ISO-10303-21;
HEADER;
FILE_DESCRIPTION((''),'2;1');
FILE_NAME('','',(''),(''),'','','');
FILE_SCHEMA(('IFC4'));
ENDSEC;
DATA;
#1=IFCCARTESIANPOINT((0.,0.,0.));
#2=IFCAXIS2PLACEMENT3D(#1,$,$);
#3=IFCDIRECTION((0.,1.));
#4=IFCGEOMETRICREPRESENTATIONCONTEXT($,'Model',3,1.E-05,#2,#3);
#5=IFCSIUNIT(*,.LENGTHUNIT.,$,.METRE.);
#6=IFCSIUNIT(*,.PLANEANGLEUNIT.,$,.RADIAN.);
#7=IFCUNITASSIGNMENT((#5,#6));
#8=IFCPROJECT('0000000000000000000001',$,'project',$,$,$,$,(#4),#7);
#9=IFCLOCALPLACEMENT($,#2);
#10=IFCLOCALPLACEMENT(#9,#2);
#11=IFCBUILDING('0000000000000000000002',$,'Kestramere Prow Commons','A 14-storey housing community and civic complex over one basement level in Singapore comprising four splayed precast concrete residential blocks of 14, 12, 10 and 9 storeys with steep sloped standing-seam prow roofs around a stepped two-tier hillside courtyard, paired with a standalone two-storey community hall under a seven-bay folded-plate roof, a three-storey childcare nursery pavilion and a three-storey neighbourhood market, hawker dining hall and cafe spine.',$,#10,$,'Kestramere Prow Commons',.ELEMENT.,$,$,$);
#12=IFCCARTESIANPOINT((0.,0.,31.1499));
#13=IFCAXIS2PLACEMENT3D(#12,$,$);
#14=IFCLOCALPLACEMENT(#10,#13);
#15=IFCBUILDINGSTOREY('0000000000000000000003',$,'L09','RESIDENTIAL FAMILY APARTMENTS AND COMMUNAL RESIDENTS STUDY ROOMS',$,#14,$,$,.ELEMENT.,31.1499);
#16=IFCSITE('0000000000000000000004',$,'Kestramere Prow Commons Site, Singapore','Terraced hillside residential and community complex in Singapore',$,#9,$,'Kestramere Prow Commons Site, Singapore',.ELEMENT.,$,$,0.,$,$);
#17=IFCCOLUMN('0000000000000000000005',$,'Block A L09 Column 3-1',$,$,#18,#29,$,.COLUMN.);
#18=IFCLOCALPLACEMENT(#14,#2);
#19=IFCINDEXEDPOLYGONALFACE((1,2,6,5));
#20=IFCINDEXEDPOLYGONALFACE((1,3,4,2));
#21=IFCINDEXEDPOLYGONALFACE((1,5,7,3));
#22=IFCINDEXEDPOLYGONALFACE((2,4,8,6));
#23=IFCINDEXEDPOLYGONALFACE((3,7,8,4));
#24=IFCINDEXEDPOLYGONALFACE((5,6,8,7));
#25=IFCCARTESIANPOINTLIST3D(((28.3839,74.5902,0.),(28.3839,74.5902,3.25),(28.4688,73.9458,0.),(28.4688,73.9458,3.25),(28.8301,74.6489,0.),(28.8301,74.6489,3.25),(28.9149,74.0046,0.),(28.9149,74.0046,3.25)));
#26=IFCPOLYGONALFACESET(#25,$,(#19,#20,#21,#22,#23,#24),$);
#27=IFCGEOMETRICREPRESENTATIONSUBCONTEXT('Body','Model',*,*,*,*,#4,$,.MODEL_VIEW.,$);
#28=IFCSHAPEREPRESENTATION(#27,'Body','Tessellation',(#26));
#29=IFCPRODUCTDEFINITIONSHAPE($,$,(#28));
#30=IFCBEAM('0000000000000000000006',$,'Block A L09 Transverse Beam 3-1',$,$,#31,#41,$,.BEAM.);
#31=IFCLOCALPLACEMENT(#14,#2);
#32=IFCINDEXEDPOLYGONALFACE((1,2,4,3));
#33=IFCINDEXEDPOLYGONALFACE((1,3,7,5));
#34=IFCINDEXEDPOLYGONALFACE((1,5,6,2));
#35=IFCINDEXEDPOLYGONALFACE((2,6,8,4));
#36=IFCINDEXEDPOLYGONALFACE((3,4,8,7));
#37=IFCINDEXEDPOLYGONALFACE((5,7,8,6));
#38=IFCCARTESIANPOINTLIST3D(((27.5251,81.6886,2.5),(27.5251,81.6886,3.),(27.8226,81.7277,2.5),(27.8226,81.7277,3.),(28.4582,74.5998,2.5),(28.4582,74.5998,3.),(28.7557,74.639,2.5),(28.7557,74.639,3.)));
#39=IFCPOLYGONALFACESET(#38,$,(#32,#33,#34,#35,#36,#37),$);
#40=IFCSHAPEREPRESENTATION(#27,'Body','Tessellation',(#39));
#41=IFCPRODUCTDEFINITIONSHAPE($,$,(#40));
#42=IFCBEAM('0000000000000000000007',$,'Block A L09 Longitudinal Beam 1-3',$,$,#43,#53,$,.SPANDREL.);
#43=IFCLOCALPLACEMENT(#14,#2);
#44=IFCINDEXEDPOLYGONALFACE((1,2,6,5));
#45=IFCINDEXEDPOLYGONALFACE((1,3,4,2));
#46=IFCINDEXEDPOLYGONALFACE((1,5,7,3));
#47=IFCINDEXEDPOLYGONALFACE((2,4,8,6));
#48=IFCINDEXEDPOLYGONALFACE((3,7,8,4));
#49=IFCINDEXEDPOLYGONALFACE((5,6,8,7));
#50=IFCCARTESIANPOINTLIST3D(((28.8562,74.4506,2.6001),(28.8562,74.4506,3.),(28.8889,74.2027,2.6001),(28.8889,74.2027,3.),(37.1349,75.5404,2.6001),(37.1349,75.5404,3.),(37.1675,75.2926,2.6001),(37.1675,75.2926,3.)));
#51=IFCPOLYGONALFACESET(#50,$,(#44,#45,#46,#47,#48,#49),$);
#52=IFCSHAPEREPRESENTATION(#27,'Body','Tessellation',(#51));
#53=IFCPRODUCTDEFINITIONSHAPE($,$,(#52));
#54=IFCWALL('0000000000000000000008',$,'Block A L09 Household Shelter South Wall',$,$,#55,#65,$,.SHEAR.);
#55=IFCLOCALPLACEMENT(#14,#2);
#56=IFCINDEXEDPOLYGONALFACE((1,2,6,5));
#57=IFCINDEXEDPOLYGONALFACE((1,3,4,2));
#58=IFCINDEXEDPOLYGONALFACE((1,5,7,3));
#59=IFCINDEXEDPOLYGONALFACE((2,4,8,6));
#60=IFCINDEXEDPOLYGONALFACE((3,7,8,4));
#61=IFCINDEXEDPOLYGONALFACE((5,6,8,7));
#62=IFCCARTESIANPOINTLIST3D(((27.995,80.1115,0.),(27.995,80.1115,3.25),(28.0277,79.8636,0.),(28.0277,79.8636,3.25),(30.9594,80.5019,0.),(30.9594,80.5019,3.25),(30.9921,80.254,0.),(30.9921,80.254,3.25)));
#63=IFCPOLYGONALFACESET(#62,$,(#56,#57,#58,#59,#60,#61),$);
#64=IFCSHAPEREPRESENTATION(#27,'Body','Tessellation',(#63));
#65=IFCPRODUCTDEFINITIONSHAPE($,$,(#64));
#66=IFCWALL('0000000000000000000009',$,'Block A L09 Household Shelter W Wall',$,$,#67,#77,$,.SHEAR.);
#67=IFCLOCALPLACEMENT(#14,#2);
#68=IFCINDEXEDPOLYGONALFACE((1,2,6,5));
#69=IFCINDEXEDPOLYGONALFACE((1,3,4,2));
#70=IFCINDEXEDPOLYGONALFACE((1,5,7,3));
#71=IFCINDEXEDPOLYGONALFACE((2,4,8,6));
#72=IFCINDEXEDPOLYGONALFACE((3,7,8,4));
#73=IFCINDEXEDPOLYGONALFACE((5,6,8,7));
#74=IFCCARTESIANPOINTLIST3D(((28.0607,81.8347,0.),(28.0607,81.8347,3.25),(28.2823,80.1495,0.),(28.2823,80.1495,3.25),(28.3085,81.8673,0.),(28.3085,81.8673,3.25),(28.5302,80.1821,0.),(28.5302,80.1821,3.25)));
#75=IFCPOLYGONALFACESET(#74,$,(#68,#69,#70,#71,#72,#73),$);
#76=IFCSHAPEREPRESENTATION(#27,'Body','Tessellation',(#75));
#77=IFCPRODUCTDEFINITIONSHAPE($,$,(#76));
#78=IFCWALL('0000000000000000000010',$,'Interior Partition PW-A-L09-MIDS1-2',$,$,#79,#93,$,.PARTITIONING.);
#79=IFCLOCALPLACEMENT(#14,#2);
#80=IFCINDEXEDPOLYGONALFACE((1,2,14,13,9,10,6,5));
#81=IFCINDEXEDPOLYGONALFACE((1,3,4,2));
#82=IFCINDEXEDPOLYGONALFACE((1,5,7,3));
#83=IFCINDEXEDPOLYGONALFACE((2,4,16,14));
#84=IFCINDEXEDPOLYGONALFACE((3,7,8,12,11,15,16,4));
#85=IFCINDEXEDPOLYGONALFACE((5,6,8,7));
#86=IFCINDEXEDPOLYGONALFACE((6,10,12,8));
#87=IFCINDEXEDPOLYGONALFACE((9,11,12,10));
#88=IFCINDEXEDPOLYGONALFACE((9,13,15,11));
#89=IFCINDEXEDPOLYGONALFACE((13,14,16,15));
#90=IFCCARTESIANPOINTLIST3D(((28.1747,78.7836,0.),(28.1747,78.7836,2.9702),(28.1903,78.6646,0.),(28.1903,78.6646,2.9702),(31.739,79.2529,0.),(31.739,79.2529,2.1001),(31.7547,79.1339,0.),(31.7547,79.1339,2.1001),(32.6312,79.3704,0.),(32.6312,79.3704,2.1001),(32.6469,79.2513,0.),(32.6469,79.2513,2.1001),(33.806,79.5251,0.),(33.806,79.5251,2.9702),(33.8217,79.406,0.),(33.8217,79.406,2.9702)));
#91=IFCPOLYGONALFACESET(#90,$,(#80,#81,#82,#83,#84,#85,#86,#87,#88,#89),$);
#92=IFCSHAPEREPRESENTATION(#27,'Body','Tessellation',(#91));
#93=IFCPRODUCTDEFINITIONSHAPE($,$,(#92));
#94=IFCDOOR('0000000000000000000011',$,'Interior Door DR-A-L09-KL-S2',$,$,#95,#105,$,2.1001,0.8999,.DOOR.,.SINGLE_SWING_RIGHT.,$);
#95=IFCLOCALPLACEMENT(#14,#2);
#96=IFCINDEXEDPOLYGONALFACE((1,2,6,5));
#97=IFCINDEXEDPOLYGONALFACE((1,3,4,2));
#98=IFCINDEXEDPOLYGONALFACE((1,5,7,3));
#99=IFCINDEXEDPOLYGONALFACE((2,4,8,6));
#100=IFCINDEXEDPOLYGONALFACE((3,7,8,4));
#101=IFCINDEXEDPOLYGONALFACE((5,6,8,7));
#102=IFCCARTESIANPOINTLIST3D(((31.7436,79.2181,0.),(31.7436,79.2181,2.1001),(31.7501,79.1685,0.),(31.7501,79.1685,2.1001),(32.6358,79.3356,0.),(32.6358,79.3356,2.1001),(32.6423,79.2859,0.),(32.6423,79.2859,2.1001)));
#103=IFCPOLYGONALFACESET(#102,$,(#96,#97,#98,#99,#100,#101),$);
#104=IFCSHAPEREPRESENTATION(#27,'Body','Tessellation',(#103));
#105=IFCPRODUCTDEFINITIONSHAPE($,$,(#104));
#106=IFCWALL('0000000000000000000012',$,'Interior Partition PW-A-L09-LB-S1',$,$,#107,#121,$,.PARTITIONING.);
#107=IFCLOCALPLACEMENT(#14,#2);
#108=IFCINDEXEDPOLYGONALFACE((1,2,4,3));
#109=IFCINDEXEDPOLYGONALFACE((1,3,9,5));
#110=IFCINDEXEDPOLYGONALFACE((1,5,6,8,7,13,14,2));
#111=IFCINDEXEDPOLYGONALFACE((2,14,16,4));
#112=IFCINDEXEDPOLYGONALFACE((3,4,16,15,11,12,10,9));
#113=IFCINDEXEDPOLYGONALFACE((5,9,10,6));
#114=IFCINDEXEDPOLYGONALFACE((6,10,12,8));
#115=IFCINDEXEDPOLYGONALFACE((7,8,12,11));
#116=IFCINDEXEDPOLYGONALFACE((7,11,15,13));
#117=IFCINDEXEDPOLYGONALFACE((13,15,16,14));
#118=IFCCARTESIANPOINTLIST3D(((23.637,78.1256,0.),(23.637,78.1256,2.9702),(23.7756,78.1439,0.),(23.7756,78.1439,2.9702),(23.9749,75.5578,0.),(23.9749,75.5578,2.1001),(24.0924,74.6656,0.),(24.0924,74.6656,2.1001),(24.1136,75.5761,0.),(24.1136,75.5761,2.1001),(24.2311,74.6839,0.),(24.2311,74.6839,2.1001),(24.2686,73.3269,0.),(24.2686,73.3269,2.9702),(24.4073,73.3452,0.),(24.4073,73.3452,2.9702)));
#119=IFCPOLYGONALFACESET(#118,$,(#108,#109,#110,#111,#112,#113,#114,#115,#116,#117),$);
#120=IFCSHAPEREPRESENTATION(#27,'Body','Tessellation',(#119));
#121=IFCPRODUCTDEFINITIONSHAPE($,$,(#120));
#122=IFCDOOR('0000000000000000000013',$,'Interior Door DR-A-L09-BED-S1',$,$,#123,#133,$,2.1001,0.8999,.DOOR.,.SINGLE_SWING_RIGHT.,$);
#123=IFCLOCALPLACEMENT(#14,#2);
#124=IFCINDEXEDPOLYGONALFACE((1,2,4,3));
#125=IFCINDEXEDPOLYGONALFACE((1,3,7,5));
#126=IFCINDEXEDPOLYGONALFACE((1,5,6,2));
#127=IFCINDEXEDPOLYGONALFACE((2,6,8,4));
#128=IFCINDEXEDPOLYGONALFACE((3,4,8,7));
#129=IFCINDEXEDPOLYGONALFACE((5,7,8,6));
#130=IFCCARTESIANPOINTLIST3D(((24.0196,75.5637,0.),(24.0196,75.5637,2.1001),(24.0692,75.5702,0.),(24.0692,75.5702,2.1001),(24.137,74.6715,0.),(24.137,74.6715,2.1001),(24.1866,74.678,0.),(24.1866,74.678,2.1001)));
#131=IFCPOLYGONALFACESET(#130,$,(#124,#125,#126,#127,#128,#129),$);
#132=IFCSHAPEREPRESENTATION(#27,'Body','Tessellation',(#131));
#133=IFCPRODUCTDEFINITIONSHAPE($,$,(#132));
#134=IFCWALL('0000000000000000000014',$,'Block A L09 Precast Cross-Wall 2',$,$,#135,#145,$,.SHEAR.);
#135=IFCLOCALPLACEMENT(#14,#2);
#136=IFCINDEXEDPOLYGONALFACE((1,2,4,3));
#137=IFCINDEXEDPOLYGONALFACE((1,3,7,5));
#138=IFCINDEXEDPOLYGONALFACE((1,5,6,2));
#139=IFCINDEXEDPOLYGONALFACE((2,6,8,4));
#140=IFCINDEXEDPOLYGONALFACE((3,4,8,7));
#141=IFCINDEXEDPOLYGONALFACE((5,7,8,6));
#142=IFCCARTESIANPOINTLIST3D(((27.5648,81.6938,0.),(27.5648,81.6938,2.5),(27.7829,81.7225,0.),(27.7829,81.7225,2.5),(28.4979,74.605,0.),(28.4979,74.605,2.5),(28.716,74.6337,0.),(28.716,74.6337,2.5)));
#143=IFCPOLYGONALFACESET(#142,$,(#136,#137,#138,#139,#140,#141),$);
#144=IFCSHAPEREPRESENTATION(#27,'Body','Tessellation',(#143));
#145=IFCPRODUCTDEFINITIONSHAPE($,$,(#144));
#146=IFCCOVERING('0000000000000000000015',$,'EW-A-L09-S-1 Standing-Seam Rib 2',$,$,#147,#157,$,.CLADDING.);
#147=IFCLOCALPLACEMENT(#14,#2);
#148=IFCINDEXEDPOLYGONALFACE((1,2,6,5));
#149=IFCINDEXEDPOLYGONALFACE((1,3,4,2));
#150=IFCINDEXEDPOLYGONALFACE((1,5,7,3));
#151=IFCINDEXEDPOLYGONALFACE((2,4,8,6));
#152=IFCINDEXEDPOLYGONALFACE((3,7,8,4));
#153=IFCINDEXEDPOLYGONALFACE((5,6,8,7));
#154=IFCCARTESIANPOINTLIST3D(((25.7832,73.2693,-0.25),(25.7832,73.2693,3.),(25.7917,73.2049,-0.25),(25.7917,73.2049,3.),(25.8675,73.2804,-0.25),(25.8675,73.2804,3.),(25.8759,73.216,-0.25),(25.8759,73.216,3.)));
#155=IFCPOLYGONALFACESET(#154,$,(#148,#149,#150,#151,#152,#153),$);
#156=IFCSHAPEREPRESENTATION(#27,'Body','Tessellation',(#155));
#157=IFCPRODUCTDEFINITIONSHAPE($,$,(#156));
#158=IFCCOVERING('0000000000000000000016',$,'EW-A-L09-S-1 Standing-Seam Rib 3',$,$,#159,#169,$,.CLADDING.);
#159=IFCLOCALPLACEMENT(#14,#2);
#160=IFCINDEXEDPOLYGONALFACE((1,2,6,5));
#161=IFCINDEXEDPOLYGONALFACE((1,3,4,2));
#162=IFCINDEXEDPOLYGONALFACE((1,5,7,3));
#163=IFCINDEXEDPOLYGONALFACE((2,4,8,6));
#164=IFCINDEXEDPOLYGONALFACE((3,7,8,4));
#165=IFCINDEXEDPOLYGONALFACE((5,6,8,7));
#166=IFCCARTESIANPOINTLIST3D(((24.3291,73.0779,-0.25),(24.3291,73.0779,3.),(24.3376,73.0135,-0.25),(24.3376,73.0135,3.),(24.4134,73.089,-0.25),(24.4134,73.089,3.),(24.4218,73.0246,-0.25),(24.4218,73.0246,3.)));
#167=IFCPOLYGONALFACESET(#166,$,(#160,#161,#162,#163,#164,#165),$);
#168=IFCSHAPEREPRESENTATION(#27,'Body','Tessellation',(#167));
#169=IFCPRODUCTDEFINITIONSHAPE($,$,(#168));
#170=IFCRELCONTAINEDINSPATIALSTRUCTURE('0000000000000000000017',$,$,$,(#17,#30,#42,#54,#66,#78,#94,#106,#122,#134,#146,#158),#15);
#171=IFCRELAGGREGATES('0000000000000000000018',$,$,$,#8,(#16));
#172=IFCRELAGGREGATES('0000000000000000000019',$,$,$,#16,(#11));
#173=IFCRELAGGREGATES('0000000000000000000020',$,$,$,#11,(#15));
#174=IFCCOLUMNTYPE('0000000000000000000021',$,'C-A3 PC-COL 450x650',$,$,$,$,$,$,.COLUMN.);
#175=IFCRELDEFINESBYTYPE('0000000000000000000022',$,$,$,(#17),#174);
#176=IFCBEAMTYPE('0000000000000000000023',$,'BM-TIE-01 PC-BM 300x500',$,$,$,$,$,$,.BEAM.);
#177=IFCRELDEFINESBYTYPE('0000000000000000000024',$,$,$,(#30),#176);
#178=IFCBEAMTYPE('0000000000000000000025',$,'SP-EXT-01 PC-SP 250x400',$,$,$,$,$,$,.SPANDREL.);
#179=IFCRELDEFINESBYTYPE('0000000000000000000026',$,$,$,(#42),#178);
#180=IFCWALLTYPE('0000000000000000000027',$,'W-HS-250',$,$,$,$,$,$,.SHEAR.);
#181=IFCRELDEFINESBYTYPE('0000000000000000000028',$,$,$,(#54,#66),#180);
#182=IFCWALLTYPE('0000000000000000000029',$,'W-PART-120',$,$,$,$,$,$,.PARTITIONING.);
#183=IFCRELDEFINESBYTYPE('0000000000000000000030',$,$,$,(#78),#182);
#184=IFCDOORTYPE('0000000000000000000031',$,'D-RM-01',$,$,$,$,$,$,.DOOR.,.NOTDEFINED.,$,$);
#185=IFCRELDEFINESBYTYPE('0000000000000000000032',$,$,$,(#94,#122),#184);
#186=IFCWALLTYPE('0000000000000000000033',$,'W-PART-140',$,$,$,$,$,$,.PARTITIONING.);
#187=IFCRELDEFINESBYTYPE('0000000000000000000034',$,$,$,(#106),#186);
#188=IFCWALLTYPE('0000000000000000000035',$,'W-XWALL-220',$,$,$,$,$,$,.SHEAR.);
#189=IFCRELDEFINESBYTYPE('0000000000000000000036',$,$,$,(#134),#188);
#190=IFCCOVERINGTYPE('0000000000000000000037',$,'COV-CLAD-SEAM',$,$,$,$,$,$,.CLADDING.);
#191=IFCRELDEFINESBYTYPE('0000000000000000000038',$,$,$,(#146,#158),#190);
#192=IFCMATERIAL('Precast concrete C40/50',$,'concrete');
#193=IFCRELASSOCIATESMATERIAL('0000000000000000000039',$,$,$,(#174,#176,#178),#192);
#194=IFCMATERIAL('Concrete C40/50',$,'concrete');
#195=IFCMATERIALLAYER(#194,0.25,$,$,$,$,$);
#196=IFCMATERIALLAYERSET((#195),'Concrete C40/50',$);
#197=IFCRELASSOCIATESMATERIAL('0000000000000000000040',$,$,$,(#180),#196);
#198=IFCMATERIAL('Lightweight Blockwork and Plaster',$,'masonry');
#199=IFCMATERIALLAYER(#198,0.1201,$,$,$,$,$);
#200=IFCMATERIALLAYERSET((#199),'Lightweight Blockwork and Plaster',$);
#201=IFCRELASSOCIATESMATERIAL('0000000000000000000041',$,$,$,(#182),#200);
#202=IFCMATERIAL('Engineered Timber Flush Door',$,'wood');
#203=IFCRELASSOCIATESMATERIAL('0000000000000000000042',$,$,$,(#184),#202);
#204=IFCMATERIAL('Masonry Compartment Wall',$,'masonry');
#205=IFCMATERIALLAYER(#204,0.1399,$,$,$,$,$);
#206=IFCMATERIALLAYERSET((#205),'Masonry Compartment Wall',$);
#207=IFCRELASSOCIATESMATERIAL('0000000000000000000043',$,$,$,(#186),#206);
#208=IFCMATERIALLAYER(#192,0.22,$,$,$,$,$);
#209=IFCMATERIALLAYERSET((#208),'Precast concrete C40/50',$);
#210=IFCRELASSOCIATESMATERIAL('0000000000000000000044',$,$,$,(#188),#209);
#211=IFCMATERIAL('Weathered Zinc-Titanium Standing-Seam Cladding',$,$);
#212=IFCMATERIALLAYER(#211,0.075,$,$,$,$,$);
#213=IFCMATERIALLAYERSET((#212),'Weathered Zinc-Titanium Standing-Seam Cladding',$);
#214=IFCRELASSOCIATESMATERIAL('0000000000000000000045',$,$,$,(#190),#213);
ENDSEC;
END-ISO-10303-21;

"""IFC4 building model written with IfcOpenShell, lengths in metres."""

from ifc_helpers import new_model, si_unit, direction, frame, frame_2d, origin, origin_2d, place, context, subcontext, project, spatial, rectangle, extrude, material, layer, layer_set, material_profile, profile_set, type_object, element, fill, save


model = new_model("IFC4")

# Units and contexts
model_context = context("Model", 3, precision=1e-05, world=origin(), true_north=direction((0.0, 1.0)))
body_context = subcontext(model_context, "Body", "Model", "MODEL_VIEW")
ifc_project = project(units=[si_unit("LENGTHUNIT", "METRE"), si_unit("PLANEANGLEUNIT", "RADIAN")], contexts=[model_context])

# Site, building, storey
site_placement = place(None, origin())
site = spatial("IfcSite", under=ifc_project, at=site_placement, Name="Kestramere Prow Commons Site, Singapore", Description="Terraced hillside residential and community complex in Singapore", LongName="Kestramere Prow Commons Site, Singapore", CompositionType="ELEMENT", RefElevation=0.0)
building_placement = place(site_placement, origin())
building = spatial("IfcBuilding", under=site, at=building_placement, Name="Kestramere Prow Commons", Description="A 14-storey housing community and civic complex over one basement level in Singapore comprising four splayed precast concrete residential blocks of 14, 12, 10 and 9 storeys with steep sloped standing-seam prow roofs around a stepped two-tier hillside courtyard, paired with a standalone two-storey community hall under a seven-bay folded-plate roof, a three-storey childcare nursery pavilion and a three-storey neighbourhood market, hawker dining hall and cafe spine.", LongName="Kestramere Prow Commons", CompositionType="ELEMENT")
storey_placement = place(building_placement, frame((0.0, 0.0, 31.1499)))
storey = spatial("IfcBuildingStorey", under=building, at=storey_placement, Name="L09", Description="RESIDENTIAL FAMILY APARTMENTS AND COMMUNAL RESIDENTS STUDY ROOMS", CompositionType="ELEMENT", Elevation=31.1499)

# Column
ifc_material_1 = material(Name="Precast concrete C40/50", Category="concrete")
ifc_material_profile_1 = material_profile(ifc_material_1, rectangle(XDim=0.45, YDim=0.6499, at=origin_2d()), Name="PC-COL 450x650")
ifc_profile_set_1 = profile_set([ifc_material_profile_1], Name="Precast concrete C40/50")
column_type = type_object("IfcColumnType", Name="C-A3 PC-COL 450x650", PredefinedType="COLUMN", material=ifc_profile_set_1)
column_placement = place(storey_placement, frame((28.6494, 74.2974, 0.0), z_axis=(0.0, 0.0, 1.0), x_axis=(0.991445, 0.130526, 0.0)))
element("IfcColumn", 1, at=column_placement, inside=storey, type_object=column_type, Name="Block A L09 Column 3-1", PredefinedType="COLUMN", context=body_context, shape_type="SweptSolid", body=[
    extrude(rectangle(XDim=0.45, YDim=0.6499, at=origin_2d()), origin(), (0.0, 0.0, 1.0), 3.25),
])

# Beams
ifc_material_profile_2 = material_profile(ifc_material_1, rectangle(XDim=0.3, YDim=0.5, at=origin_2d()), Name="PC-BM 300x500")
ifc_profile_set_2 = profile_set([ifc_material_profile_2], Name="Precast concrete C40/50")
beam_type_1 = type_object("IfcBeamType", Name="BM-TIE-01 PC-BM 300x500", PredefinedType="BEAM", material=ifc_profile_set_2)
beam_1_placement = place(storey_placement, frame((28.6069, 74.6194, 2.75), z_axis=(-0.130504, 0.991448, 0.0), x_axis=(-0.991448, -0.130504, 0.0)))
element("IfcBeam", 2, at=beam_1_placement, inside=storey, type_object=beam_type_1, Name="Block A L09 Transverse Beam 3-1", PredefinedType="BEAM", context=body_context, shape_type="SweptSolid", body=[
    extrude(rectangle(XDim=0.3, YDim=0.5, at=origin_2d()), origin(), (0.0, 0.0, 1.0), 7.1499),
])
ifc_material_profile_3 = material_profile(ifc_material_1, rectangle(XDim=0.25, YDim=0.3999, at=origin_2d()), Name="PC-SP 250x400")
ifc_profile_set_3 = profile_set([ifc_material_profile_3], Name="Precast concrete C40/50")
beam_type_2 = type_object("IfcBeamType", Name="SP-EXT-01 PC-SP 250x400", PredefinedType="SPANDREL", material=ifc_profile_set_3)
beam_2_placement = place(storey_placement, frame((28.8726, 74.3267, 2.8), z_axis=(0.991446, 0.13052, 0.0), x_axis=(-0.13052, 0.991446, 0.0)))
element("IfcBeam", 3, at=beam_2_placement, inside=storey, type_object=beam_type_2, Name="Block A L09 Longitudinal Beam 1-3", PredefinedType="SPANDREL", context=body_context, shape_type="SweptSolid", body=[
    extrude(rectangle(XDim=0.25, YDim=0.3999, at=origin_2d()), origin(), (0.0, 0.0, 1.0), 8.3501),
])

# Walls
ifc_material_2 = material(Name="Concrete C40/50", Category="concrete")
ifc_layer_1 = layer(ifc_material_2, 0.25)
ifc_layer_set_1 = layer_set([ifc_layer_1], Name="Concrete C40/50")
wall_type_1 = type_object("IfcWallType", Name="W-HS-250", PredefinedType="SHEAR", material=ifc_layer_set_1)
wall_1_placement = place(storey_placement, frame((28.0112, 79.9875, 0.0), z_axis=(0.0, 0.0, 1.0), x_axis=(0.99144, 0.130564, 0.0)))
element("IfcWall", 4, at=wall_1_placement, inside=storey, type_object=wall_type_1, Name="Block A L09 Household Shelter South Wall", PredefinedType="SHEAR", context=body_context, shape_type="SweptSolid", body=[
    extrude(rectangle(XDim=2.99, YDim=0.25, at=frame_2d((1.4951, 0.0))), origin(), (0.0, 0.0, 1.0), 3.25),
])
wall_2_placement = place(storey_placement, frame((28.4062, 80.1658, 0.0), z_axis=(0.0, 0.0, 1.0), x_axis=(-0.130414, 0.99146, 0.0)))
element("IfcWall", 5, at=wall_2_placement, inside=storey, type_object=wall_type_1, Name="Block A L09 Household Shelter W Wall", PredefinedType="SHEAR", context=body_context, shape_type="SweptSolid", body=[
    extrude(rectangle(XDim=1.6997, YDim=0.25, at=frame_2d((0.8499, 0.0))), origin(), (0.0, 0.0, 1.0), 3.25),
])

# Walls, openings, doors
ifc_material_3 = material(Name="Lightweight Blockwork and Plaster", Category="masonry")
ifc_layer_2 = layer(ifc_material_3, 0.1201)
ifc_layer_set_2 = layer_set([ifc_layer_2], Name="Lightweight Blockwork and Plaster")
wall_type_2 = type_object("IfcWallType", Name="W-PART-120", PredefinedType="PARTITIONING", material=ifc_layer_set_2)
wall_3_placement = place(storey_placement, frame((28.1826, 78.7241, 0.0), z_axis=(0.0, 0.0, 1.0), x_axis=(0.991443, 0.130539, 0.0)))
wall_3 = element("IfcWall", 6, at=wall_3_placement, inside=storey, type_object=wall_type_2, Name="Interior Partition PW-A-L09-MIDS1-2", PredefinedType="PARTITIONING", context=body_context, shape_type="SweptSolid", body=[
    extrude(rectangle(XDim=5.6799, YDim=0.1201, at=frame_2d((2.8398, 0.0))), origin(), (0.0, 0.0, 1.0), 2.9702),
])
opening_1_placement = place(wall_3_placement, frame((3.595, 0.0, 0.0)))
opening_1 = element("IfcOpeningElement", 7, at=opening_1_placement, cuts=wall_3, PredefinedType="OPENING", context=body_context, shape_type="SweptSolid", body=[
    extrude(rectangle(XDim=0.8999, YDim=2.1001, at=frame_2d((0.45, 1.05))), frame((0.0, 0.075, 0.0), z_axis=(0.0, -1.0, 0.0), x_axis=(1.0, 0.0, 0.0)), (0.0, 0.0, 1.0), 0.1501),
])
ifc_material_4 = material(Name="Engineered Timber Flush Door", Category="wood")
door_type_1 = type_object("IfcDoorType", Name="D-RM-01", OperationType="NOTDEFINED", PredefinedType="DOOR", material=ifc_material_4)
door_1_placement = place(opening_1_placement, origin())
door_1 = element("IfcDoor", 8, at=door_1_placement, inside=storey, type_object=door_type_1, Name="Interior Door DR-A-L09-KL-S2", OperationType="SINGLE_SWING_RIGHT", OverallHeight=2.1001, OverallWidth=0.8999, PredefinedType="DOOR", context=body_context, shape_type="SweptSolid", body=[
    extrude(rectangle(XDim=0.8999, YDim=2.1001, at=frame_2d((0.45, 1.05))), frame((0.0, 0.0249, 0.0), z_axis=(0.0, -1.0, 0.0), x_axis=(1.0, 0.0, 0.0)), (0.0, 0.0, 1.0), 0.05),
])
fill(opening_1, door_1)
ifc_material_5 = material(Name="Masonry Compartment Wall", Category="masonry")
ifc_layer_3 = layer(ifc_material_5, 0.1399)
ifc_layer_set_3 = layer_set([ifc_layer_3], Name="Masonry Compartment Wall")
wall_type_3 = type_object("IfcWallType", Name="W-PART-140", PredefinedType="PARTITIONING", material=ifc_layer_set_3)
wall_4_placement = place(storey_placement, frame((24.3379, 73.3362, 0.0), z_axis=(0.0, 0.0, 1.0), x_axis=(-0.130495, 0.991449, 0.0)))
wall_4 = element("IfcWall", 9, at=wall_4_placement, inside=storey, type_object=wall_type_3, Name="Interior Partition PW-A-L09-LB-S1", PredefinedType="PARTITIONING", context=body_context, shape_type="SweptSolid", body=[
    extrude(rectangle(XDim=4.8401, YDim=0.1399, at=frame_2d((2.4199, 0.0))), origin(), (0.0, 0.0, 1.0), 2.9702),
])
opening_2_placement = place(wall_4_placement, frame((1.3501, 0.0, 0.0)))
opening_2 = element("IfcOpeningElement", 10, at=opening_2_placement, cuts=wall_4, PredefinedType="OPENING", context=body_context, shape_type="SweptSolid", body=[
    extrude(rectangle(XDim=0.8999, YDim=2.1001, at=frame_2d((0.45, 1.05))), frame((0.0, 0.085, 0.0), z_axis=(0.0, -1.0, 0.0), x_axis=(1.0, 0.0, 0.0)), (0.0, 0.0, 1.0), 0.1699),
])
door_2_placement = place(opening_2_placement, origin())
door_2 = element("IfcDoor", 11, at=door_2_placement, inside=storey, type_object=door_type_1, Name="Interior Door DR-A-L09-BED-S1", OperationType="SINGLE_SWING_RIGHT", OverallHeight=2.1001, OverallWidth=0.8999, PredefinedType="DOOR", context=body_context, shape_type="SweptSolid", body=[
    extrude(rectangle(XDim=0.8999, YDim=2.1001, at=frame_2d((0.45, 1.05))), frame((0.0, 0.0249, 0.0), z_axis=(0.0, -1.0, 0.0), x_axis=(1.0, 0.0, 0.0)), (0.0, 0.0, 1.0), 0.05),
])
fill(opening_2, door_2)

# Wall
ifc_layer_4 = layer(ifc_material_1, 0.22)
ifc_layer_set_4 = layer_set([ifc_layer_4], Name="Precast concrete C40/50")
wall_type_4 = type_object("IfcWallType", Name="W-XWALL-220", PredefinedType="SHEAR", material=ifc_layer_set_4)
wall_5_placement = place(storey_placement, frame((28.6069, 74.6194, 0.0), z_axis=(0.0, 0.0, 1.0), x_axis=(-0.130504, 0.991448, 0.0)))
element("IfcWall", 12, at=wall_5_placement, inside=storey, type_object=wall_type_4, Name="Block A L09 Precast Cross-Wall 2", PredefinedType="SHEAR", context=body_context, shape_type="SweptSolid", body=[
    extrude(rectangle(XDim=7.1499, YDim=0.22, at=frame_2d((3.575, 0.0))), origin(), (0.0, 0.0, 1.0), 2.5),
])

# Coverings
ifc_material_6 = material(Name="Weathered Zinc-Titanium Standing-Seam Cladding")
ifc_layer_5 = layer(ifc_material_6, 0.075)
ifc_layer_set_5 = layer_set([ifc_layer_5], Name="Weathered Zinc-Titanium Standing-Seam Cladding")
covering_type = type_object("IfcCoveringType", Name="COV-CLAD-SEAM", PredefinedType="CLADDING", material=ifc_layer_set_5)
for number, where, z_axis, x_axis, name in (
    (13, (25.8296, 73.2427, -0.25), (0.0, 0.0, 1.0), (-0.991445, -0.130526, 0.0), "EW-A-L09-S-1 Standing-Seam Rib 2"),
    (14, (24.3755, 73.0513, -0.25), (0.0, 0.0, 1.0), (-0.991445, -0.130526, 0.0), "EW-A-L09-S-1 Standing-Seam Rib 3"),
):
    element("IfcCovering", number, at=place(storey_placement, frame(where, z_axis=z_axis, x_axis=x_axis)), inside=storey, type_object=covering_type, Name=name, PredefinedType="CLADDING", context=body_context, shape_type="SweptSolid", body=[
        extrude(rectangle(XDim=0.085, YDim=0.0649, at=origin_2d()), origin(), (0.0, 0.0, 1.0), 3.25),
    ])

save(model, "model.ifc")
